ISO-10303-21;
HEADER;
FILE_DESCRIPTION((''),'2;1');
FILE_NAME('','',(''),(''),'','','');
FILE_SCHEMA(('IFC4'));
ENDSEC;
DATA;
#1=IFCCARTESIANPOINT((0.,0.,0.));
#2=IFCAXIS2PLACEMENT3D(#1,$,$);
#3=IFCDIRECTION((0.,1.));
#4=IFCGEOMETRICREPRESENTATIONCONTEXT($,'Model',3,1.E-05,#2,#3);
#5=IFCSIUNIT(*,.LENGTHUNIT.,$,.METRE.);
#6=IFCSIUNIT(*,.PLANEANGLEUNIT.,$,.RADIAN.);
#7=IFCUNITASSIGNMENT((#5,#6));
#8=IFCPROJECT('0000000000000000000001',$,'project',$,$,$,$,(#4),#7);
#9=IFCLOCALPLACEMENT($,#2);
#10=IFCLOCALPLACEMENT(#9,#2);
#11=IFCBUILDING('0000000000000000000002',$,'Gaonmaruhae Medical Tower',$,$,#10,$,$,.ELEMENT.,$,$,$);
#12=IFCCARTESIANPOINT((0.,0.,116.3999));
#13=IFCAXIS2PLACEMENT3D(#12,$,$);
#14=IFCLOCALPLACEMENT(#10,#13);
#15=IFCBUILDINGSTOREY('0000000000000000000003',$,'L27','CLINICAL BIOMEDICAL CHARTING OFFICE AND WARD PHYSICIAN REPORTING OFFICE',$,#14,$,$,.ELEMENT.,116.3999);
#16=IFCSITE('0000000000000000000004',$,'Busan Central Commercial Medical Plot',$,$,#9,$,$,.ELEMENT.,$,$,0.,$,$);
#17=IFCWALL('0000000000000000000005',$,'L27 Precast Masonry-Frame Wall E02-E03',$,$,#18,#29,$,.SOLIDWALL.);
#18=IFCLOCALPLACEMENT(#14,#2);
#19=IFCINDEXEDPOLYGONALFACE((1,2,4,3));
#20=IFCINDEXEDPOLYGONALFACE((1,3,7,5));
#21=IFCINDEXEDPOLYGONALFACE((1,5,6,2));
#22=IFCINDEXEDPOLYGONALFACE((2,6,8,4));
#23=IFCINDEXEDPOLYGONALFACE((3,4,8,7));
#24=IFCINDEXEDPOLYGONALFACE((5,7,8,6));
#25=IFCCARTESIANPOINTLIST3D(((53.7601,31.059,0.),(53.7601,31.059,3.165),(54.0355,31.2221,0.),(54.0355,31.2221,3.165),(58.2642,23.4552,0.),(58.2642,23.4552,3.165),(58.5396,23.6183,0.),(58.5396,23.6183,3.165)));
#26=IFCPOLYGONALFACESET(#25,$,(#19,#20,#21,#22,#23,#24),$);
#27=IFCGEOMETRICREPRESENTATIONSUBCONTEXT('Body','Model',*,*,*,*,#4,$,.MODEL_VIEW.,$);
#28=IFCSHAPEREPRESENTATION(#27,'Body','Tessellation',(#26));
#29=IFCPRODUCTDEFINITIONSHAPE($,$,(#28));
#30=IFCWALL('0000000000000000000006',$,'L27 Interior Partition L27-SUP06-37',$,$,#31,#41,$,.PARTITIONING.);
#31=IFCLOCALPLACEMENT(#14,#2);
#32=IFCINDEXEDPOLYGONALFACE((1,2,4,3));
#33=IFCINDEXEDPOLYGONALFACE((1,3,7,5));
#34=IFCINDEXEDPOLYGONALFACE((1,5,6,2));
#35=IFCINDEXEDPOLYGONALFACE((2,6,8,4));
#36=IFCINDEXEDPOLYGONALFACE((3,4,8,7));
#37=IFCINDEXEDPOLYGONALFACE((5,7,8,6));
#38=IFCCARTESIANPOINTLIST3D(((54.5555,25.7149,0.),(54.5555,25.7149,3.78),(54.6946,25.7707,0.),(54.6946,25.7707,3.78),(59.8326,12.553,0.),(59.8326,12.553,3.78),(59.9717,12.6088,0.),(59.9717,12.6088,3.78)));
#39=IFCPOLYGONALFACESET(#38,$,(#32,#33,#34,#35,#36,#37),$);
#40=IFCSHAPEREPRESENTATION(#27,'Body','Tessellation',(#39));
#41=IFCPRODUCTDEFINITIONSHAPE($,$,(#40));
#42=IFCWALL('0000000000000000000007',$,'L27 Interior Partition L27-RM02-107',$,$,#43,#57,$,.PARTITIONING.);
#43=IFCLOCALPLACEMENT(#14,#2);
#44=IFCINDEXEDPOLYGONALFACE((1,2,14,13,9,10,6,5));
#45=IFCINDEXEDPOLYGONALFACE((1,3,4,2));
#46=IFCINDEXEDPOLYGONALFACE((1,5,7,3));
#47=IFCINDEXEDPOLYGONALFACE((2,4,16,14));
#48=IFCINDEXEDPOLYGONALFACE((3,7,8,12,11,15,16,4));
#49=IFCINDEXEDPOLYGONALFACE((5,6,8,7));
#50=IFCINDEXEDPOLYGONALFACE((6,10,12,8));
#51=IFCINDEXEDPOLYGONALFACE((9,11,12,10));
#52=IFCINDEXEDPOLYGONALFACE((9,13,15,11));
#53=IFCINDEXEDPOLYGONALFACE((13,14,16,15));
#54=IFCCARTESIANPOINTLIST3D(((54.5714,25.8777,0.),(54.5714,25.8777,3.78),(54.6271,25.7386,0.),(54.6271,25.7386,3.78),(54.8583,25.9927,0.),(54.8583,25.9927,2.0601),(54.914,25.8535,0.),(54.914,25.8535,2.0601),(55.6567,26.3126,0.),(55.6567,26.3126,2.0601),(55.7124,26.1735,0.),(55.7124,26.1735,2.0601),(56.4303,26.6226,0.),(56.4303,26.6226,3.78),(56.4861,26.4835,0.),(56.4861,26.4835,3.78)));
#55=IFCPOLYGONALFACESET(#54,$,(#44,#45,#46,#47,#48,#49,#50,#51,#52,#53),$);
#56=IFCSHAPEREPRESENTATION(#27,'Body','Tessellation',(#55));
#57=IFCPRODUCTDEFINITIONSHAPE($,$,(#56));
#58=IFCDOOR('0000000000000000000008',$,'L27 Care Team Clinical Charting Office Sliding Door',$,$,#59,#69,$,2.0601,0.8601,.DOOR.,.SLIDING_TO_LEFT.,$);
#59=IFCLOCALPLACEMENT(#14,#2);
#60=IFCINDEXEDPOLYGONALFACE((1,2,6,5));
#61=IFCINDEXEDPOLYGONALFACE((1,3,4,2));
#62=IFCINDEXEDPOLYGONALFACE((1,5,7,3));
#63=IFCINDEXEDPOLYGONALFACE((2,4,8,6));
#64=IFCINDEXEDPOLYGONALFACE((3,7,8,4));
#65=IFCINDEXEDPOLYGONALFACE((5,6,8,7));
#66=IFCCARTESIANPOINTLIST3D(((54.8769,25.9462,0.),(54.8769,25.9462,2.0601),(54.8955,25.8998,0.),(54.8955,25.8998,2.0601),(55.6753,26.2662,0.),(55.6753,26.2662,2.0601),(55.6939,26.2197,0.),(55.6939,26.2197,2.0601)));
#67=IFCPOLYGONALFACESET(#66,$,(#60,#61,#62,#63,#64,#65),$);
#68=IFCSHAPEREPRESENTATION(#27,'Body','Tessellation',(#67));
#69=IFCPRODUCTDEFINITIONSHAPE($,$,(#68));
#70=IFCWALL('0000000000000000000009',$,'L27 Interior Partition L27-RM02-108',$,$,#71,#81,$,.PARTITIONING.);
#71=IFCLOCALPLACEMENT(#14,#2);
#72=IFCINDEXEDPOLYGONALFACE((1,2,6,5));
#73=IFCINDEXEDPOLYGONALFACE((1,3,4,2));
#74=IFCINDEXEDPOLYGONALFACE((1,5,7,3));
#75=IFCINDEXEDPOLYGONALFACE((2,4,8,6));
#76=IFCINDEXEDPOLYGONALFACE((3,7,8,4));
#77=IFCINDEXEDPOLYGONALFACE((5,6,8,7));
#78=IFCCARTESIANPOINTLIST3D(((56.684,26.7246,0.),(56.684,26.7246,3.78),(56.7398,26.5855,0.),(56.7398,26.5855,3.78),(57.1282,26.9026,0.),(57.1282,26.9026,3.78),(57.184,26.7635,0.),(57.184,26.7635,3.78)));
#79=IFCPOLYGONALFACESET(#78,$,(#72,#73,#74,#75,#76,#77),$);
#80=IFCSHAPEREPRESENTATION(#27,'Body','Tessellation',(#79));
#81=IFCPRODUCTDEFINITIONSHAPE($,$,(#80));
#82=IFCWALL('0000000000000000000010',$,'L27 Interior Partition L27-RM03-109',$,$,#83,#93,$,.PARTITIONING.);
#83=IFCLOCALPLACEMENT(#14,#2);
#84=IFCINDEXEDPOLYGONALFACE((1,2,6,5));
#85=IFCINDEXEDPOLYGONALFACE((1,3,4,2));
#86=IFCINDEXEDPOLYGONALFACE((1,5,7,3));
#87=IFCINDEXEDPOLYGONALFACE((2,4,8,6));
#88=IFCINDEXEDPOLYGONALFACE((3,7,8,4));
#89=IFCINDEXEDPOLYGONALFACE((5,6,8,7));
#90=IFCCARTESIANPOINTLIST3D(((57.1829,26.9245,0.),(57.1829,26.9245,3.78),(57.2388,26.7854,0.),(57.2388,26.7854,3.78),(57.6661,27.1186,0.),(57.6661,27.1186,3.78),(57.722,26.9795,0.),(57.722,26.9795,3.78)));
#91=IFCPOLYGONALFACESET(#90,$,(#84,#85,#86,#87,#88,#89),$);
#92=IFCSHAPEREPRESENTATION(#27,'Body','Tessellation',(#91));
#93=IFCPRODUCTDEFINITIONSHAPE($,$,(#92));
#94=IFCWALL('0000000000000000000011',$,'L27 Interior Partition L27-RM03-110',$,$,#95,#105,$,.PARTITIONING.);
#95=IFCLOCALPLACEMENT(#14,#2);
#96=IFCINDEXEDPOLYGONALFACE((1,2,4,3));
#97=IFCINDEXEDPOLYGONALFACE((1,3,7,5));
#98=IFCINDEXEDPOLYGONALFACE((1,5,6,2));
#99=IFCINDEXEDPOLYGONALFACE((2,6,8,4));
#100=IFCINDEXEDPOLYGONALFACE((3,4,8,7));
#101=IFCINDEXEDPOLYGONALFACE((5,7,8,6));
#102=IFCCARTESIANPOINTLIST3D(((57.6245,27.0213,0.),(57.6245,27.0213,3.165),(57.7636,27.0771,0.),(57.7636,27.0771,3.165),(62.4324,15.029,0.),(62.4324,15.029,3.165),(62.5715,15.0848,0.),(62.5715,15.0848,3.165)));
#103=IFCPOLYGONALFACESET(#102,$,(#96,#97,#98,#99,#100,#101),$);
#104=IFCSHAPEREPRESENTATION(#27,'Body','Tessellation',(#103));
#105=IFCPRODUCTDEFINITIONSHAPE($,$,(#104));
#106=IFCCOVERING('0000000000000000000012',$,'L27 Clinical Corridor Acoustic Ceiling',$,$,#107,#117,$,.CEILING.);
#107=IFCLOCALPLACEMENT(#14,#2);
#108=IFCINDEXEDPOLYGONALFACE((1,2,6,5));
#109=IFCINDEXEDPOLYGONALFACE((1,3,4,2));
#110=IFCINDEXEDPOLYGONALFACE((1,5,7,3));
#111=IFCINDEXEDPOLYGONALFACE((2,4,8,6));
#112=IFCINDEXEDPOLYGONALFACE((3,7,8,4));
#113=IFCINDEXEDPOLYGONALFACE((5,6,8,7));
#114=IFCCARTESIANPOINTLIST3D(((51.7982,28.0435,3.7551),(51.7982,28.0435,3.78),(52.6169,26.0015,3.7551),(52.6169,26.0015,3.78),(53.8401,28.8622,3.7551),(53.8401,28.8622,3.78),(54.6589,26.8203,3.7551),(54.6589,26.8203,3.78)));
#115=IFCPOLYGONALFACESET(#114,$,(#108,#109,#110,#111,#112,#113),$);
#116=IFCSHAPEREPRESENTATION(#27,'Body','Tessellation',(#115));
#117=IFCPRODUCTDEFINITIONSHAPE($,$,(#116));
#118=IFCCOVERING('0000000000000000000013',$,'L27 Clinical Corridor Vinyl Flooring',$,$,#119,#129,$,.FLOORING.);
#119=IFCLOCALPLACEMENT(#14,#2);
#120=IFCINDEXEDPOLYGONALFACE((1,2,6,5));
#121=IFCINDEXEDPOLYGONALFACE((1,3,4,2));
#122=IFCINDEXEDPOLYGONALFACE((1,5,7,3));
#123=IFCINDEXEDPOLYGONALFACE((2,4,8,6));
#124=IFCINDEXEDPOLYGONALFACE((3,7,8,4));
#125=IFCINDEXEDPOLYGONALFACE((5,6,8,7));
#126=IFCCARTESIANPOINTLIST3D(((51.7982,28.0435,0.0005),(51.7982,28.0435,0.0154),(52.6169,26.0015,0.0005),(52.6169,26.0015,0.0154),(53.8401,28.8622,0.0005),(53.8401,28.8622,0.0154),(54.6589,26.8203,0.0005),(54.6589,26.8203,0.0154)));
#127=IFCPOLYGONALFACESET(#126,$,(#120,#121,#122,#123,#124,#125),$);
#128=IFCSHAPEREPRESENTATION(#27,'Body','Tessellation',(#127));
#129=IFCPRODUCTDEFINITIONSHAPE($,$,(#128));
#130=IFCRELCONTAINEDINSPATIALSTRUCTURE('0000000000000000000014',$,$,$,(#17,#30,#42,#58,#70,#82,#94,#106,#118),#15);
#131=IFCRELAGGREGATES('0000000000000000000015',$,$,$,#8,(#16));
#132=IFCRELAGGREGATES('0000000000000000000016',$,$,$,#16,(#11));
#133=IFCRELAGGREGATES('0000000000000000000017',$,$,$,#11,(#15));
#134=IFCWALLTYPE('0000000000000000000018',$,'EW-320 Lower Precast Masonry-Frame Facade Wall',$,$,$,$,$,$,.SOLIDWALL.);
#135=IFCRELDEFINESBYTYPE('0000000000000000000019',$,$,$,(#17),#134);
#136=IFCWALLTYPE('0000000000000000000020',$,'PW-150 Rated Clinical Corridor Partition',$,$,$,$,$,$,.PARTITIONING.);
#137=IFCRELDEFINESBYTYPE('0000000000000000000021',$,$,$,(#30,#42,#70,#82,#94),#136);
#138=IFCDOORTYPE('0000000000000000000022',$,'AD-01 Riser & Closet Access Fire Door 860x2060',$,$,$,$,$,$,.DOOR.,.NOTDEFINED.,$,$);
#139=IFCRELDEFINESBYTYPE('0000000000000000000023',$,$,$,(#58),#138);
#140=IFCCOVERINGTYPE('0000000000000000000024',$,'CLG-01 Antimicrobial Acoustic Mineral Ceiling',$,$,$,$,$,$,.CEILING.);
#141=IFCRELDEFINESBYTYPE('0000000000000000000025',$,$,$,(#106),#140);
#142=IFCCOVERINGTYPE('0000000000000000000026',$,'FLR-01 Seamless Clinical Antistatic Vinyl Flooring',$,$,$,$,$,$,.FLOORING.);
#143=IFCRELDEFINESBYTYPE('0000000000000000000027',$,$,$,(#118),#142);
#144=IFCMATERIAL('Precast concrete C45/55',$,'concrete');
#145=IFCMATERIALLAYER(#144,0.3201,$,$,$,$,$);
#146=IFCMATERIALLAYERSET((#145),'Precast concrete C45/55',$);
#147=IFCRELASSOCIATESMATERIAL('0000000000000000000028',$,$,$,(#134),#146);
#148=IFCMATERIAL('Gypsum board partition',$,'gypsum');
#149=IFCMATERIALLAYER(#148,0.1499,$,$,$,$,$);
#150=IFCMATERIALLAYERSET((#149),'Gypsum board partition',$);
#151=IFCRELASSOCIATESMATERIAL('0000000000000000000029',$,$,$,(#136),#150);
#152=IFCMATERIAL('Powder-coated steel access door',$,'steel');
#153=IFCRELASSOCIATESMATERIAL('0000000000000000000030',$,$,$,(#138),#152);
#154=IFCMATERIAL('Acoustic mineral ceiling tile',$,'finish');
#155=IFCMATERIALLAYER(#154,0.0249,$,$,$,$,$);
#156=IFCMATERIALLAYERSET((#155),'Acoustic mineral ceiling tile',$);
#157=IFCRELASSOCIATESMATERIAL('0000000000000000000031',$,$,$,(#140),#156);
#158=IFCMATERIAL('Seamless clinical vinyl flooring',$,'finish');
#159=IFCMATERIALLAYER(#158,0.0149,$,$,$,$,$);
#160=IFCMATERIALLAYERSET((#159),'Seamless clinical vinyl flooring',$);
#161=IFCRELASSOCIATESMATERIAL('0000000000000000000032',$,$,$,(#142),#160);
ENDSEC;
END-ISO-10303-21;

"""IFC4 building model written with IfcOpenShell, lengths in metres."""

from ifc_helpers import new_model, si_unit, direction, frame, frame_2d, origin, origin_2d, place, context, subcontext, project, spatial, rectangle, extrude, material, layer, layer_set, type_object, element, fill, save


model = new_model("IFC4")

# Units and contexts
model_context = context("Model", 3, precision=1e-05, world=origin(), true_north=direction((0.0, 1.0)))
body_context = subcontext(model_context, "Body", "Model", "MODEL_VIEW")
ifc_project = project(units=[si_unit("LENGTHUNIT", "METRE"), si_unit("PLANEANGLEUNIT", "RADIAN")], contexts=[model_context])

# Site, building, storey
site_placement = place(None, origin())
site = spatial("IfcSite", under=ifc_project, at=site_placement, Name="Busan Central Commercial Medical Plot", CompositionType="ELEMENT", RefElevation=0.0)
building_placement = place(site_placement, origin())
building = spatial("IfcBuilding", under=site, at=building_placement, Name="Gaonmaruhae Medical Tower", CompositionType="ELEMENT")
storey_placement = place(building_placement, frame((0.0, 0.0, 116.3999)))
storey = spatial("IfcBuildingStorey", under=building, at=storey_placement, Name="L27", Description="CLINICAL BIOMEDICAL CHARTING OFFICE AND WARD PHYSICIAN REPORTING OFFICE", CompositionType="ELEMENT", Elevation=116.3999)

# Walls
ifc_material_1 = material(Name="Precast concrete C45/55", Category="concrete")
ifc_layer_1 = layer(ifc_material_1, 0.3201)
ifc_layer_set_1 = layer_set([ifc_layer_1], Name="Precast concrete C45/55")
wall_type_1 = type_object("IfcWallType", Name="EW-320 Lower Precast Masonry-Frame Facade Wall", PredefinedType="SOLIDWALL", material=ifc_layer_set_1)
wall_1_placement = place(storey_placement, frame((53.8977, 31.1406, 0.0), z_axis=(0.0, 0.0, 1.0), x_axis=(0.509653, -0.86038, 0.0)))
element("IfcWall", 1, at=wall_1_placement, inside=storey, type_object=wall_type_1, Name="L27 Precast Masonry-Frame Wall E02-E03", PredefinedType="SOLIDWALL", context=body_context, shape_type="SweptSolid", body=[
    extrude(rectangle(XDim=8.8376, YDim=0.3201, at=frame_2d((4.4189, 0.0))), origin(), (0.0, 0.0, 1.0), 3.165),
])
ifc_material_2 = material(Name="Gypsum board partition", Category="gypsum")
ifc_layer_2 = layer(ifc_material_2, 0.1499)
ifc_layer_set_2 = layer_set([ifc_layer_2], Name="Gypsum board partition")
wall_type_2 = type_object("IfcWallType", Name="PW-150 Rated Clinical Corridor Partition", PredefinedType="PARTITIONING", material=ifc_layer_set_2)
wall_2_placement = place(storey_placement, frame((54.625, 25.7429, 0.0), z_axis=(0.0, 0.0, 1.0), x_axis=(0.372142, -0.928176, 0.0)))
element("IfcWall", 2, at=wall_2_placement, inside=storey, type_object=wall_type_2, Name="L27 Interior Partition L27-SUP06-37", PredefinedType="PARTITIONING", context=body_context, shape_type="SweptSolid", body=[
    extrude(rectangle(XDim=14.1804, YDim=0.1499, at=frame_2d((7.0903, 0.0))), origin(), (0.0, 0.0, 1.0), 3.78),
])

# Wall, opening, door
wall_3_placement = place(storey_placement, frame((54.5991, 25.8081, 0.0), z_axis=(0.0, 0.0, 1.0), x_axis=(0.92825, 0.371958, 0.0)))
wall_3 = element("IfcWall", 3, at=wall_3_placement, inside=storey, type_object=wall_type_2, Name="L27 Interior Partition L27-RM02-107", PredefinedType="PARTITIONING", context=body_context, shape_type="SweptSolid", body=[
    extrude(rectangle(XDim=2.0027, YDim=0.1499, at=frame_2d((1.0015, 0.0))), origin(), (0.0, 0.0, 1.0), 3.78),
])
opening_placement = place(wall_3_placement, frame((0.3091, 0.0, 0.0)))
opening = element("IfcOpeningElement", 4, at=opening_placement, cuts=wall_3, PredefinedType="OPENING", context=body_context, shape_type="SweptSolid", body=[
    extrude(rectangle(XDim=0.8601, YDim=2.0601, at=frame_2d((0.4302, 1.03))), frame((0.0, 0.085, 0.0), z_axis=(0.0, -1.0, 0.0), x_axis=(1.0, 0.0, 0.0)), (0.0, 0.0, 1.0), 0.1699),
])
ifc_material_3 = material(Name="Powder-coated steel access door", Category="steel")
door_type = type_object("IfcDoorType", Name="AD-01 Riser & Closet Access Fire Door 860x2060", OperationType="NOTDEFINED", PredefinedType="DOOR", material=ifc_material_3)
door_placement = place(opening_placement, origin())
door = element("IfcDoor", 5, at=door_placement, inside=storey, type_object=door_type, Name="L27 Care Team Clinical Charting Office Sliding Door", OperationType="SLIDING_TO_LEFT", OverallHeight=2.0601, OverallWidth=0.8601, PredefinedType="DOOR", context=body_context, shape_type="SweptSolid", body=[
    extrude(rectangle(XDim=0.8601, YDim=2.0601, at=frame_2d((0.4302, 1.03))), frame((0.0, 0.0249, 0.0), z_axis=(0.0, -1.0, 0.0), x_axis=(1.0, 0.0, 0.0)), (0.0, 0.0, 1.0), 0.05),
])
fill(opening, door)

# Walls
wall_4_placement = place(storey_placement, frame((56.7119, 26.655, 0.0), z_axis=(0.0, 0.0, 1.0), x_axis=(0.92823, 0.372006, 0.0)))
element("IfcWall", 6, at=wall_4_placement, inside=storey, type_object=wall_type_2, Name="L27 Interior Partition L27-RM02-108", PredefinedType="PARTITIONING", context=body_context, shape_type="SweptSolid", body=[
    extrude(rectangle(XDim=0.4785, YDim=0.1499, at=frame_2d((0.2393, 0.0))), origin(), (0.0, 0.0, 1.0), 3.78),
])
wall_5_placement = place(storey_placement, frame((57.2109, 26.855, 0.0), z_axis=(0.0, 0.0, 1.0), x_axis=(0.927926, 0.372765, 0.0)))
element("IfcWall", 7, at=wall_5_placement, inside=storey, type_object=wall_type_2, Name="L27 Interior Partition L27-RM03-109", PredefinedType="PARTITIONING", context=body_context, shape_type="SweptSolid", body=[
    extrude(rectangle(XDim=0.5208, YDim=0.1499, at=frame_2d((0.2603, 0.0))), origin(), (0.0, 0.0, 1.0), 3.78),
])
wall_6_placement = place(storey_placement, frame((57.6941, 27.0491, 0.0), z_axis=(0.0, 0.0, 1.0), x_axis=(0.372124, -0.928183, 0.0)))
element("IfcWall", 8, at=wall_6_placement, inside=storey, type_object=wall_type_2, Name="L27 Interior Partition L27-RM03-110", PredefinedType="PARTITIONING", context=body_context, shape_type="SweptSolid", body=[
    extrude(rectangle(XDim=12.9202, YDim=0.1499, at=frame_2d((6.46, 0.0))), origin(), (0.0, 0.0, 1.0), 3.165),
])

# Coverings
ifc_material_4 = material(Name="Acoustic mineral ceiling tile", Category="finish")
ifc_layer_3 = layer(ifc_material_4, 0.0249)
ifc_layer_set_3 = layer_set([ifc_layer_3], Name="Acoustic mineral ceiling tile")
covering_type_1 = type_object("IfcCoveringType", Name="CLG-01 Antimicrobial Acoustic Mineral Ceiling", PredefinedType="CEILING", material=ifc_layer_set_3)
covering_1_placement = place(storey_placement, frame((53.2285, 27.4319, 3.7551), z_axis=(0.0, 0.0, 1.0), x_axis=(0.928161, 0.372178, 0.0)))
element("IfcCovering", 9, at=covering_1_placement, inside=storey, type_object=covering_type_1, Name="L27 Clinical Corridor Acoustic Ceiling", PredefinedType="CEILING", context=body_context, shape_type="SweptSolid", body=[
    extrude(rectangle(XDim=2.2, YDim=2.2, at=origin_2d()), origin(), (0.0, 0.0, 1.0), 0.0249),
])
ifc_material_5 = material(Name="Seamless clinical vinyl flooring", Category="finish")
ifc_layer_4 = layer(ifc_material_5, 0.0149)
ifc_layer_set_4 = layer_set([ifc_layer_4], Name="Seamless clinical vinyl flooring")
covering_type_2 = type_object("IfcCoveringType", Name="FLR-01 Seamless Clinical Antistatic Vinyl Flooring", PredefinedType="FLOORING", material=ifc_layer_set_4)
covering_2_placement = place(storey_placement, frame((53.2285, 27.4319, 0.0005), z_axis=(0.0, 0.0, 1.0), x_axis=(0.928161, 0.372178, 0.0)))
element("IfcCovering", 10, at=covering_2_placement, inside=storey, type_object=covering_type_2, Name="L27 Clinical Corridor Vinyl Flooring", PredefinedType="FLOORING", context=body_context, shape_type="SweptSolid", body=[
    extrude(rectangle(XDim=2.2, YDim=2.2, at=origin_2d()), origin(), (0.0, 0.0, 1.0), 0.0149),
])

save(model, "model.ifc")
